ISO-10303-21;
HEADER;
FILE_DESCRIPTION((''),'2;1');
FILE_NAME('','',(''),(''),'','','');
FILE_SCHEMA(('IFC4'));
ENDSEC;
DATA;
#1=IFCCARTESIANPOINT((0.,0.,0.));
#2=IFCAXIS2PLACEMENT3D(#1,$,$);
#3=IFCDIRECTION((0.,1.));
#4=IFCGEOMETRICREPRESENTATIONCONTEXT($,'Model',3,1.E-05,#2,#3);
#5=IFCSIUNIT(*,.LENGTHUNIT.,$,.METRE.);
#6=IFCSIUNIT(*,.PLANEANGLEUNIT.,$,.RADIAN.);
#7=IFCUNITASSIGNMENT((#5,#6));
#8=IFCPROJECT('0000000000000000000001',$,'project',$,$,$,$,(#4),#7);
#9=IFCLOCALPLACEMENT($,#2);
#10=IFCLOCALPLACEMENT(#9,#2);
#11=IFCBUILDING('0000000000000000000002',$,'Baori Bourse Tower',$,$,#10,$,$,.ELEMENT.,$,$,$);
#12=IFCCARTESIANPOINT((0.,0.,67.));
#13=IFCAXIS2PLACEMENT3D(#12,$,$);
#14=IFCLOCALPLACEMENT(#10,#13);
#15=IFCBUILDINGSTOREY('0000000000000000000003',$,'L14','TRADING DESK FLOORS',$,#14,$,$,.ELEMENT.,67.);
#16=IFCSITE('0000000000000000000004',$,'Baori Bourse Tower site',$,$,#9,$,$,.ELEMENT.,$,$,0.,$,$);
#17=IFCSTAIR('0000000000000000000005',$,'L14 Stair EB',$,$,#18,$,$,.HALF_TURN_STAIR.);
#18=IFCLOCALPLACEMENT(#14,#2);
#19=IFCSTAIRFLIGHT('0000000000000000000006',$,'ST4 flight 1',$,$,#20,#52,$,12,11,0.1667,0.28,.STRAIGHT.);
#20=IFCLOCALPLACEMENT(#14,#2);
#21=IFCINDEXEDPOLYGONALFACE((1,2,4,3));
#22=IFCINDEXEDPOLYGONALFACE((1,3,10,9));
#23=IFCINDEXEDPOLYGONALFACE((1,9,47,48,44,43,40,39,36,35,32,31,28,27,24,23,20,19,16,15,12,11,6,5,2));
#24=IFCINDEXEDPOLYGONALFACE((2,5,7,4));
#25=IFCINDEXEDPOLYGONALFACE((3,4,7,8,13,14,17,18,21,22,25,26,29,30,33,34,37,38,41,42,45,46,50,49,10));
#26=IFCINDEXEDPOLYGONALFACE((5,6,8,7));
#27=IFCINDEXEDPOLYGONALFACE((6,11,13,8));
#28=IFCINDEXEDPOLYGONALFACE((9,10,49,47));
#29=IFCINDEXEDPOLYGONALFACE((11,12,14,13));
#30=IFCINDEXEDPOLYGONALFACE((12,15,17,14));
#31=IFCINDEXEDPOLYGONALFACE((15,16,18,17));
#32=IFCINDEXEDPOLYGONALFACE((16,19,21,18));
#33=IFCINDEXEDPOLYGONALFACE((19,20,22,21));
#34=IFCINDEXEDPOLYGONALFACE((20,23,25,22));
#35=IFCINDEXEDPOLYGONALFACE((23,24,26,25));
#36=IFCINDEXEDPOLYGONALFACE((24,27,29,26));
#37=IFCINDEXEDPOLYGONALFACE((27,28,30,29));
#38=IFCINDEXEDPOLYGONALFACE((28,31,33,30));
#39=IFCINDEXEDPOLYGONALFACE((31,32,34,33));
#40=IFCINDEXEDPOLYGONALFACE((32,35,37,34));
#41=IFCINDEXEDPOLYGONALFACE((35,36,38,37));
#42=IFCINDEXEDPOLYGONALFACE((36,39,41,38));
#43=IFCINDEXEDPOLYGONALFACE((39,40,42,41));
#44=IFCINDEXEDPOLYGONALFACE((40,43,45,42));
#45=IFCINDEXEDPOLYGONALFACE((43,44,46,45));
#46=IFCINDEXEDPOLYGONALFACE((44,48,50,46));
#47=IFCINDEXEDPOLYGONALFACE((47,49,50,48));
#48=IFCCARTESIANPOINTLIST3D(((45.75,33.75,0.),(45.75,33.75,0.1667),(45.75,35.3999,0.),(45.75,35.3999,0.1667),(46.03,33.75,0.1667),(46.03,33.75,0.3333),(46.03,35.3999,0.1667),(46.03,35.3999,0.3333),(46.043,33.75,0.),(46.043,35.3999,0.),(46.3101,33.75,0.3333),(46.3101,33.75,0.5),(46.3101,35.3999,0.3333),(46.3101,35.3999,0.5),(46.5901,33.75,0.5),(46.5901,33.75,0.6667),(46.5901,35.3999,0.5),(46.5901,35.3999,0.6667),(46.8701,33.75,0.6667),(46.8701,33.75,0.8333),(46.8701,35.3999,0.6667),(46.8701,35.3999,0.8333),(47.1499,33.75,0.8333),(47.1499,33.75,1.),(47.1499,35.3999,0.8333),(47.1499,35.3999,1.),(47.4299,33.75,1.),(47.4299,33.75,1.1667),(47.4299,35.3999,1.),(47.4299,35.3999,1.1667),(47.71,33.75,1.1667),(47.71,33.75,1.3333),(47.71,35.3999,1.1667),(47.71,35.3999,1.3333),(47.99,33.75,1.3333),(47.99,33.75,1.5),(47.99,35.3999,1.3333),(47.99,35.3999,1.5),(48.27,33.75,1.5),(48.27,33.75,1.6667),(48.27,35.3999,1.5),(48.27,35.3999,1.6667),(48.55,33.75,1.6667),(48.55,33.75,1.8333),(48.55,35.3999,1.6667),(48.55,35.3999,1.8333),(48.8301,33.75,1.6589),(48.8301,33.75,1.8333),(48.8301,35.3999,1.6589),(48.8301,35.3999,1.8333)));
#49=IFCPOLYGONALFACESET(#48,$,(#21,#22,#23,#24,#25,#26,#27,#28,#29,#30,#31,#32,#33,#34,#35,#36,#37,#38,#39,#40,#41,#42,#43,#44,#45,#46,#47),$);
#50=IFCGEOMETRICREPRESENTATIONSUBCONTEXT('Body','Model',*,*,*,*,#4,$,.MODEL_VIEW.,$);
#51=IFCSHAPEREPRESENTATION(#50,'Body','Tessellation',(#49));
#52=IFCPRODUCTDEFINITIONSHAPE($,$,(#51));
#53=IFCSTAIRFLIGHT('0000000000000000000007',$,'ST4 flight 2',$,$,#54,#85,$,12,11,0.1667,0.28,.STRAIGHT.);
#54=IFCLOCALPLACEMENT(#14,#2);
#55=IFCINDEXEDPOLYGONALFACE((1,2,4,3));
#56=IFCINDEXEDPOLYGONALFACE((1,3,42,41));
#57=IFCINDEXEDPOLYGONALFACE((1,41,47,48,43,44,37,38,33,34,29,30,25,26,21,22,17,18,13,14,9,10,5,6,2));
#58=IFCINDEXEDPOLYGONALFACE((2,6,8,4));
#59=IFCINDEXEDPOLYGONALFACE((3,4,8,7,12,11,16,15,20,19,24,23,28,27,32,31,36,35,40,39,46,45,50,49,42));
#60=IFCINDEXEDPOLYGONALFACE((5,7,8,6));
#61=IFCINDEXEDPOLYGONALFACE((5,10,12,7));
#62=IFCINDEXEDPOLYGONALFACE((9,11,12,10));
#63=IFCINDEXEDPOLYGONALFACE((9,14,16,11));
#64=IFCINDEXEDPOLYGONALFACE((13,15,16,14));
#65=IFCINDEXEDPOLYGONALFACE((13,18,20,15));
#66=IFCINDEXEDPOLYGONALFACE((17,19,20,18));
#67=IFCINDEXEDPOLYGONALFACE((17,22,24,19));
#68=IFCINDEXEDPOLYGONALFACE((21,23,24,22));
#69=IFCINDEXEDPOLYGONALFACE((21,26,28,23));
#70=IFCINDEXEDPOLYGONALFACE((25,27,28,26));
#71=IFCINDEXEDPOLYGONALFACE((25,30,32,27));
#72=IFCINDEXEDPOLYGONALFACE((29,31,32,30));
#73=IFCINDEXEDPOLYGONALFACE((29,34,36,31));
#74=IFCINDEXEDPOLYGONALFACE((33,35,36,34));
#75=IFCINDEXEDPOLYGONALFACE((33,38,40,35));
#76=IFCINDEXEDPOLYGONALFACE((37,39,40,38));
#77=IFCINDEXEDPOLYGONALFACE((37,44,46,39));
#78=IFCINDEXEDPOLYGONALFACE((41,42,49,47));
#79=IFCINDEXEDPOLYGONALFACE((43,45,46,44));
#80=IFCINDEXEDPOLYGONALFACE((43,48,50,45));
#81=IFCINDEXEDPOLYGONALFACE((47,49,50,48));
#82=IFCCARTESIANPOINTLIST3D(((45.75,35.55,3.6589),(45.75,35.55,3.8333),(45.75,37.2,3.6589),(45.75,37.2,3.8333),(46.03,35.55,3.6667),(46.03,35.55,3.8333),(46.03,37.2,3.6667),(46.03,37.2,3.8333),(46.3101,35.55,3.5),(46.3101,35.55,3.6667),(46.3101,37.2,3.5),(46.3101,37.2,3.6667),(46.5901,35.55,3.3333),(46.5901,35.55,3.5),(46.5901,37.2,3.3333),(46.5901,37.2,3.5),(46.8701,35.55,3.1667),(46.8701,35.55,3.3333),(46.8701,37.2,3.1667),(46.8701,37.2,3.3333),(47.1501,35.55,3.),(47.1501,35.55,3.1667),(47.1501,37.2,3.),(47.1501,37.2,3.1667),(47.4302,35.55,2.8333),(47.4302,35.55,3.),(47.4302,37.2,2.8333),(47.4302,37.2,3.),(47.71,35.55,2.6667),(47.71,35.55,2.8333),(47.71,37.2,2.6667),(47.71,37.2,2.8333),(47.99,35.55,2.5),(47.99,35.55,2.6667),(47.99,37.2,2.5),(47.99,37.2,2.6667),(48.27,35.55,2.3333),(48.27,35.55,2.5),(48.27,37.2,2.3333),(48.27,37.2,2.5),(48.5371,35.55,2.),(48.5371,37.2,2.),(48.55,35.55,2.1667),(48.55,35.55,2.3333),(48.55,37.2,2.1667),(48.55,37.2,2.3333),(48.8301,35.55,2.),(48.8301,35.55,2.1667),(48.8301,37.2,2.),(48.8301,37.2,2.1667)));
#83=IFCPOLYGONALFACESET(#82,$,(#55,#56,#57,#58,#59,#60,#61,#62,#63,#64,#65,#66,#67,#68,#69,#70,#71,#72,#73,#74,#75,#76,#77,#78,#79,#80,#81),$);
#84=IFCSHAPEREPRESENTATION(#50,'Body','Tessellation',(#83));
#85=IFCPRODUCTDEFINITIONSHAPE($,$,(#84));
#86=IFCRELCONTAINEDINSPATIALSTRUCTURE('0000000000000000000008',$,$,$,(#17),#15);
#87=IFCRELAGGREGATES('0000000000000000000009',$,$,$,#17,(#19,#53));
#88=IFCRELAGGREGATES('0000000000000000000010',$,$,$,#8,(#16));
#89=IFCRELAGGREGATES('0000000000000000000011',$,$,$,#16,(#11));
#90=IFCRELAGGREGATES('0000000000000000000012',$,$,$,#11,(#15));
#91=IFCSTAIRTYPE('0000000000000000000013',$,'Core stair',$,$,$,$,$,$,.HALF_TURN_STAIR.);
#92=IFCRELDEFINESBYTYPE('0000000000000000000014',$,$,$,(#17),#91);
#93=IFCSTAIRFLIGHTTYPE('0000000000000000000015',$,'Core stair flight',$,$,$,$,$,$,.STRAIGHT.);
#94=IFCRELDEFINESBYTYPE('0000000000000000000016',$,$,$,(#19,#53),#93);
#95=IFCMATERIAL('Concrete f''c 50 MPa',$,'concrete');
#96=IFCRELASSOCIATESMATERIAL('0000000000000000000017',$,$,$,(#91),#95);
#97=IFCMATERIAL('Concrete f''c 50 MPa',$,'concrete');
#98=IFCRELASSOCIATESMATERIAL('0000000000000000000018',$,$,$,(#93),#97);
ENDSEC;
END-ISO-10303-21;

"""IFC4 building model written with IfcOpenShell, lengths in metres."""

from ifc_helpers import new_model, si_unit, direction, frame, origin, place, context, subcontext, project, spatial, polyline, outline, extrude, material, type_object, element, aggregate, save


model = new_model("IFC4")

# Units and contexts
model_context = context("Model", 3, precision=1e-05, world=origin(), true_north=direction((0.0, 1.0)))
body_context = subcontext(model_context, "Body", "Model", "MODEL_VIEW")
ifc_project = project(units=[si_unit("LENGTHUNIT", "METRE"), si_unit("PLANEANGLEUNIT", "RADIAN")], contexts=[model_context])

# Site, building, storey
site_placement = place(None, origin())
site = spatial("IfcSite", under=ifc_project, at=site_placement, Name="Baori Bourse Tower site", CompositionType="ELEMENT", RefElevation=0.0)
building_placement = place(site_placement, origin())
building = spatial("IfcBuilding", under=site, at=building_placement, Name="Baori Bourse Tower", CompositionType="ELEMENT")
storey_placement = place(building_placement, frame((0.0, 0.0, 67.0)))
storey = spatial("IfcBuildingStorey", under=building, at=storey_placement, Name="L14", Description="TRADING DESK FLOORS", CompositionType="ELEMENT", Elevation=67.0)

# Stair, stair flights
ifc_material_1 = material(Name="Concrete f'c 50 MPa", Category="concrete")
stair_type = type_object("IfcStairType", Name="Core stair", PredefinedType="HALF_TURN_STAIR", material=ifc_material_1)
stair_placement = place(storey_placement, origin())
stair = element("IfcStair", 1, at=stair_placement, inside=storey, type_object=stair_type, Name="L14 Stair EB", PredefinedType="HALF_TURN_STAIR")
ifc_material_2 = material(Name="Concrete f'c 50 MPa", Category="concrete")
stair_flight_type = type_object("IfcStairFlightType", Name="Core stair flight", PredefinedType="STRAIGHT", material=ifc_material_2)
stair_flight_1_placement = place(storey_placement, frame((45.75, 34.575, 0.0), z_axis=(0.0, 0.0, 1.0), x_axis=(1.0, 0.0, 0.0)))
stair_flight_1 = element("IfcStairFlight", 2, at=stair_flight_1_placement, type_object=stair_flight_type, Name="ST4 flight 1", NumberOfRisers=12, NumberOfTreads=11, PredefinedType="STRAIGHT", RiserHeight=0.1667, TreadLength=0.28, context=body_context, shape_type="SweptSolid", body=[
    extrude(outline(polyline([(0.0, 0.0), (0.0, 0.1667), (0.28, 0.1667), (0.28, 0.3333), (0.5601, 0.3333), (0.5601, 0.5), (0.8401, 0.5), (0.8401, 0.6667), (1.1201, 0.6667), (1.1201, 0.8333), (1.3999, 0.8333), (1.3999, 1.0), (1.6799, 1.0), (1.6799, 1.1667), (1.96, 1.1667), (1.96, 1.3333), (2.24, 1.3333), (2.24, 1.5), (2.52, 1.5), (2.52, 1.6667), (2.8, 1.6667), (2.8, 1.8333), (3.0801, 1.8333), (3.0801, 2.0), (3.0801, 1.6589), (0.293, 0.0), (0.0, 0.0)])), frame((0.0, 0.825, 0.0), z_axis=(0.0, -1.0, 0.0), x_axis=(1.0, 0.0, 0.0)), (0.0, 0.0, 1.0), 1.6499),
])
stair_flight_2_placement = place(storey_placement, frame((48.8301, 36.375, 2.0), z_axis=(0.0, 0.0, 1.0), x_axis=(-1.0, 0.0, 0.0)))
stair_flight_2 = element("IfcStairFlight", 3, at=stair_flight_2_placement, type_object=stair_flight_type, Name="ST4 flight 2", NumberOfRisers=12, NumberOfTreads=11, PredefinedType="STRAIGHT", RiserHeight=0.1667, TreadLength=0.28, context=body_context, shape_type="SweptSolid", body=[
    extrude(outline(polyline([(0.0, 0.0), (0.0, 0.1667), (0.28, 0.1667), (0.28, 0.3333), (0.5601, 0.3333), (0.5601, 0.5), (0.8401, 0.5), (0.8401, 0.6667), (1.1201, 0.6667), (1.1201, 0.8333), (1.3999, 0.8333), (1.3999, 1.0), (1.6799, 1.0), (1.6799, 1.1667), (1.96, 1.1667), (1.96, 1.3333), (2.24, 1.3333), (2.24, 1.5), (2.52, 1.5), (2.52, 1.6667), (2.8, 1.6667), (2.8, 1.8333), (3.0801, 1.8333), (3.0801, 2.0), (3.0801, 1.6589), (0.293, 0.0), (0.0, 0.0)])), frame((0.0, 0.825, 0.0), z_axis=(0.0, -1.0, 0.0), x_axis=(1.0, 0.0, 0.0)), (0.0, 0.0, 1.0), 1.6499),
])
aggregate(stair, [stair_flight_1, stair_flight_2])

save(model, "model.ifc")
